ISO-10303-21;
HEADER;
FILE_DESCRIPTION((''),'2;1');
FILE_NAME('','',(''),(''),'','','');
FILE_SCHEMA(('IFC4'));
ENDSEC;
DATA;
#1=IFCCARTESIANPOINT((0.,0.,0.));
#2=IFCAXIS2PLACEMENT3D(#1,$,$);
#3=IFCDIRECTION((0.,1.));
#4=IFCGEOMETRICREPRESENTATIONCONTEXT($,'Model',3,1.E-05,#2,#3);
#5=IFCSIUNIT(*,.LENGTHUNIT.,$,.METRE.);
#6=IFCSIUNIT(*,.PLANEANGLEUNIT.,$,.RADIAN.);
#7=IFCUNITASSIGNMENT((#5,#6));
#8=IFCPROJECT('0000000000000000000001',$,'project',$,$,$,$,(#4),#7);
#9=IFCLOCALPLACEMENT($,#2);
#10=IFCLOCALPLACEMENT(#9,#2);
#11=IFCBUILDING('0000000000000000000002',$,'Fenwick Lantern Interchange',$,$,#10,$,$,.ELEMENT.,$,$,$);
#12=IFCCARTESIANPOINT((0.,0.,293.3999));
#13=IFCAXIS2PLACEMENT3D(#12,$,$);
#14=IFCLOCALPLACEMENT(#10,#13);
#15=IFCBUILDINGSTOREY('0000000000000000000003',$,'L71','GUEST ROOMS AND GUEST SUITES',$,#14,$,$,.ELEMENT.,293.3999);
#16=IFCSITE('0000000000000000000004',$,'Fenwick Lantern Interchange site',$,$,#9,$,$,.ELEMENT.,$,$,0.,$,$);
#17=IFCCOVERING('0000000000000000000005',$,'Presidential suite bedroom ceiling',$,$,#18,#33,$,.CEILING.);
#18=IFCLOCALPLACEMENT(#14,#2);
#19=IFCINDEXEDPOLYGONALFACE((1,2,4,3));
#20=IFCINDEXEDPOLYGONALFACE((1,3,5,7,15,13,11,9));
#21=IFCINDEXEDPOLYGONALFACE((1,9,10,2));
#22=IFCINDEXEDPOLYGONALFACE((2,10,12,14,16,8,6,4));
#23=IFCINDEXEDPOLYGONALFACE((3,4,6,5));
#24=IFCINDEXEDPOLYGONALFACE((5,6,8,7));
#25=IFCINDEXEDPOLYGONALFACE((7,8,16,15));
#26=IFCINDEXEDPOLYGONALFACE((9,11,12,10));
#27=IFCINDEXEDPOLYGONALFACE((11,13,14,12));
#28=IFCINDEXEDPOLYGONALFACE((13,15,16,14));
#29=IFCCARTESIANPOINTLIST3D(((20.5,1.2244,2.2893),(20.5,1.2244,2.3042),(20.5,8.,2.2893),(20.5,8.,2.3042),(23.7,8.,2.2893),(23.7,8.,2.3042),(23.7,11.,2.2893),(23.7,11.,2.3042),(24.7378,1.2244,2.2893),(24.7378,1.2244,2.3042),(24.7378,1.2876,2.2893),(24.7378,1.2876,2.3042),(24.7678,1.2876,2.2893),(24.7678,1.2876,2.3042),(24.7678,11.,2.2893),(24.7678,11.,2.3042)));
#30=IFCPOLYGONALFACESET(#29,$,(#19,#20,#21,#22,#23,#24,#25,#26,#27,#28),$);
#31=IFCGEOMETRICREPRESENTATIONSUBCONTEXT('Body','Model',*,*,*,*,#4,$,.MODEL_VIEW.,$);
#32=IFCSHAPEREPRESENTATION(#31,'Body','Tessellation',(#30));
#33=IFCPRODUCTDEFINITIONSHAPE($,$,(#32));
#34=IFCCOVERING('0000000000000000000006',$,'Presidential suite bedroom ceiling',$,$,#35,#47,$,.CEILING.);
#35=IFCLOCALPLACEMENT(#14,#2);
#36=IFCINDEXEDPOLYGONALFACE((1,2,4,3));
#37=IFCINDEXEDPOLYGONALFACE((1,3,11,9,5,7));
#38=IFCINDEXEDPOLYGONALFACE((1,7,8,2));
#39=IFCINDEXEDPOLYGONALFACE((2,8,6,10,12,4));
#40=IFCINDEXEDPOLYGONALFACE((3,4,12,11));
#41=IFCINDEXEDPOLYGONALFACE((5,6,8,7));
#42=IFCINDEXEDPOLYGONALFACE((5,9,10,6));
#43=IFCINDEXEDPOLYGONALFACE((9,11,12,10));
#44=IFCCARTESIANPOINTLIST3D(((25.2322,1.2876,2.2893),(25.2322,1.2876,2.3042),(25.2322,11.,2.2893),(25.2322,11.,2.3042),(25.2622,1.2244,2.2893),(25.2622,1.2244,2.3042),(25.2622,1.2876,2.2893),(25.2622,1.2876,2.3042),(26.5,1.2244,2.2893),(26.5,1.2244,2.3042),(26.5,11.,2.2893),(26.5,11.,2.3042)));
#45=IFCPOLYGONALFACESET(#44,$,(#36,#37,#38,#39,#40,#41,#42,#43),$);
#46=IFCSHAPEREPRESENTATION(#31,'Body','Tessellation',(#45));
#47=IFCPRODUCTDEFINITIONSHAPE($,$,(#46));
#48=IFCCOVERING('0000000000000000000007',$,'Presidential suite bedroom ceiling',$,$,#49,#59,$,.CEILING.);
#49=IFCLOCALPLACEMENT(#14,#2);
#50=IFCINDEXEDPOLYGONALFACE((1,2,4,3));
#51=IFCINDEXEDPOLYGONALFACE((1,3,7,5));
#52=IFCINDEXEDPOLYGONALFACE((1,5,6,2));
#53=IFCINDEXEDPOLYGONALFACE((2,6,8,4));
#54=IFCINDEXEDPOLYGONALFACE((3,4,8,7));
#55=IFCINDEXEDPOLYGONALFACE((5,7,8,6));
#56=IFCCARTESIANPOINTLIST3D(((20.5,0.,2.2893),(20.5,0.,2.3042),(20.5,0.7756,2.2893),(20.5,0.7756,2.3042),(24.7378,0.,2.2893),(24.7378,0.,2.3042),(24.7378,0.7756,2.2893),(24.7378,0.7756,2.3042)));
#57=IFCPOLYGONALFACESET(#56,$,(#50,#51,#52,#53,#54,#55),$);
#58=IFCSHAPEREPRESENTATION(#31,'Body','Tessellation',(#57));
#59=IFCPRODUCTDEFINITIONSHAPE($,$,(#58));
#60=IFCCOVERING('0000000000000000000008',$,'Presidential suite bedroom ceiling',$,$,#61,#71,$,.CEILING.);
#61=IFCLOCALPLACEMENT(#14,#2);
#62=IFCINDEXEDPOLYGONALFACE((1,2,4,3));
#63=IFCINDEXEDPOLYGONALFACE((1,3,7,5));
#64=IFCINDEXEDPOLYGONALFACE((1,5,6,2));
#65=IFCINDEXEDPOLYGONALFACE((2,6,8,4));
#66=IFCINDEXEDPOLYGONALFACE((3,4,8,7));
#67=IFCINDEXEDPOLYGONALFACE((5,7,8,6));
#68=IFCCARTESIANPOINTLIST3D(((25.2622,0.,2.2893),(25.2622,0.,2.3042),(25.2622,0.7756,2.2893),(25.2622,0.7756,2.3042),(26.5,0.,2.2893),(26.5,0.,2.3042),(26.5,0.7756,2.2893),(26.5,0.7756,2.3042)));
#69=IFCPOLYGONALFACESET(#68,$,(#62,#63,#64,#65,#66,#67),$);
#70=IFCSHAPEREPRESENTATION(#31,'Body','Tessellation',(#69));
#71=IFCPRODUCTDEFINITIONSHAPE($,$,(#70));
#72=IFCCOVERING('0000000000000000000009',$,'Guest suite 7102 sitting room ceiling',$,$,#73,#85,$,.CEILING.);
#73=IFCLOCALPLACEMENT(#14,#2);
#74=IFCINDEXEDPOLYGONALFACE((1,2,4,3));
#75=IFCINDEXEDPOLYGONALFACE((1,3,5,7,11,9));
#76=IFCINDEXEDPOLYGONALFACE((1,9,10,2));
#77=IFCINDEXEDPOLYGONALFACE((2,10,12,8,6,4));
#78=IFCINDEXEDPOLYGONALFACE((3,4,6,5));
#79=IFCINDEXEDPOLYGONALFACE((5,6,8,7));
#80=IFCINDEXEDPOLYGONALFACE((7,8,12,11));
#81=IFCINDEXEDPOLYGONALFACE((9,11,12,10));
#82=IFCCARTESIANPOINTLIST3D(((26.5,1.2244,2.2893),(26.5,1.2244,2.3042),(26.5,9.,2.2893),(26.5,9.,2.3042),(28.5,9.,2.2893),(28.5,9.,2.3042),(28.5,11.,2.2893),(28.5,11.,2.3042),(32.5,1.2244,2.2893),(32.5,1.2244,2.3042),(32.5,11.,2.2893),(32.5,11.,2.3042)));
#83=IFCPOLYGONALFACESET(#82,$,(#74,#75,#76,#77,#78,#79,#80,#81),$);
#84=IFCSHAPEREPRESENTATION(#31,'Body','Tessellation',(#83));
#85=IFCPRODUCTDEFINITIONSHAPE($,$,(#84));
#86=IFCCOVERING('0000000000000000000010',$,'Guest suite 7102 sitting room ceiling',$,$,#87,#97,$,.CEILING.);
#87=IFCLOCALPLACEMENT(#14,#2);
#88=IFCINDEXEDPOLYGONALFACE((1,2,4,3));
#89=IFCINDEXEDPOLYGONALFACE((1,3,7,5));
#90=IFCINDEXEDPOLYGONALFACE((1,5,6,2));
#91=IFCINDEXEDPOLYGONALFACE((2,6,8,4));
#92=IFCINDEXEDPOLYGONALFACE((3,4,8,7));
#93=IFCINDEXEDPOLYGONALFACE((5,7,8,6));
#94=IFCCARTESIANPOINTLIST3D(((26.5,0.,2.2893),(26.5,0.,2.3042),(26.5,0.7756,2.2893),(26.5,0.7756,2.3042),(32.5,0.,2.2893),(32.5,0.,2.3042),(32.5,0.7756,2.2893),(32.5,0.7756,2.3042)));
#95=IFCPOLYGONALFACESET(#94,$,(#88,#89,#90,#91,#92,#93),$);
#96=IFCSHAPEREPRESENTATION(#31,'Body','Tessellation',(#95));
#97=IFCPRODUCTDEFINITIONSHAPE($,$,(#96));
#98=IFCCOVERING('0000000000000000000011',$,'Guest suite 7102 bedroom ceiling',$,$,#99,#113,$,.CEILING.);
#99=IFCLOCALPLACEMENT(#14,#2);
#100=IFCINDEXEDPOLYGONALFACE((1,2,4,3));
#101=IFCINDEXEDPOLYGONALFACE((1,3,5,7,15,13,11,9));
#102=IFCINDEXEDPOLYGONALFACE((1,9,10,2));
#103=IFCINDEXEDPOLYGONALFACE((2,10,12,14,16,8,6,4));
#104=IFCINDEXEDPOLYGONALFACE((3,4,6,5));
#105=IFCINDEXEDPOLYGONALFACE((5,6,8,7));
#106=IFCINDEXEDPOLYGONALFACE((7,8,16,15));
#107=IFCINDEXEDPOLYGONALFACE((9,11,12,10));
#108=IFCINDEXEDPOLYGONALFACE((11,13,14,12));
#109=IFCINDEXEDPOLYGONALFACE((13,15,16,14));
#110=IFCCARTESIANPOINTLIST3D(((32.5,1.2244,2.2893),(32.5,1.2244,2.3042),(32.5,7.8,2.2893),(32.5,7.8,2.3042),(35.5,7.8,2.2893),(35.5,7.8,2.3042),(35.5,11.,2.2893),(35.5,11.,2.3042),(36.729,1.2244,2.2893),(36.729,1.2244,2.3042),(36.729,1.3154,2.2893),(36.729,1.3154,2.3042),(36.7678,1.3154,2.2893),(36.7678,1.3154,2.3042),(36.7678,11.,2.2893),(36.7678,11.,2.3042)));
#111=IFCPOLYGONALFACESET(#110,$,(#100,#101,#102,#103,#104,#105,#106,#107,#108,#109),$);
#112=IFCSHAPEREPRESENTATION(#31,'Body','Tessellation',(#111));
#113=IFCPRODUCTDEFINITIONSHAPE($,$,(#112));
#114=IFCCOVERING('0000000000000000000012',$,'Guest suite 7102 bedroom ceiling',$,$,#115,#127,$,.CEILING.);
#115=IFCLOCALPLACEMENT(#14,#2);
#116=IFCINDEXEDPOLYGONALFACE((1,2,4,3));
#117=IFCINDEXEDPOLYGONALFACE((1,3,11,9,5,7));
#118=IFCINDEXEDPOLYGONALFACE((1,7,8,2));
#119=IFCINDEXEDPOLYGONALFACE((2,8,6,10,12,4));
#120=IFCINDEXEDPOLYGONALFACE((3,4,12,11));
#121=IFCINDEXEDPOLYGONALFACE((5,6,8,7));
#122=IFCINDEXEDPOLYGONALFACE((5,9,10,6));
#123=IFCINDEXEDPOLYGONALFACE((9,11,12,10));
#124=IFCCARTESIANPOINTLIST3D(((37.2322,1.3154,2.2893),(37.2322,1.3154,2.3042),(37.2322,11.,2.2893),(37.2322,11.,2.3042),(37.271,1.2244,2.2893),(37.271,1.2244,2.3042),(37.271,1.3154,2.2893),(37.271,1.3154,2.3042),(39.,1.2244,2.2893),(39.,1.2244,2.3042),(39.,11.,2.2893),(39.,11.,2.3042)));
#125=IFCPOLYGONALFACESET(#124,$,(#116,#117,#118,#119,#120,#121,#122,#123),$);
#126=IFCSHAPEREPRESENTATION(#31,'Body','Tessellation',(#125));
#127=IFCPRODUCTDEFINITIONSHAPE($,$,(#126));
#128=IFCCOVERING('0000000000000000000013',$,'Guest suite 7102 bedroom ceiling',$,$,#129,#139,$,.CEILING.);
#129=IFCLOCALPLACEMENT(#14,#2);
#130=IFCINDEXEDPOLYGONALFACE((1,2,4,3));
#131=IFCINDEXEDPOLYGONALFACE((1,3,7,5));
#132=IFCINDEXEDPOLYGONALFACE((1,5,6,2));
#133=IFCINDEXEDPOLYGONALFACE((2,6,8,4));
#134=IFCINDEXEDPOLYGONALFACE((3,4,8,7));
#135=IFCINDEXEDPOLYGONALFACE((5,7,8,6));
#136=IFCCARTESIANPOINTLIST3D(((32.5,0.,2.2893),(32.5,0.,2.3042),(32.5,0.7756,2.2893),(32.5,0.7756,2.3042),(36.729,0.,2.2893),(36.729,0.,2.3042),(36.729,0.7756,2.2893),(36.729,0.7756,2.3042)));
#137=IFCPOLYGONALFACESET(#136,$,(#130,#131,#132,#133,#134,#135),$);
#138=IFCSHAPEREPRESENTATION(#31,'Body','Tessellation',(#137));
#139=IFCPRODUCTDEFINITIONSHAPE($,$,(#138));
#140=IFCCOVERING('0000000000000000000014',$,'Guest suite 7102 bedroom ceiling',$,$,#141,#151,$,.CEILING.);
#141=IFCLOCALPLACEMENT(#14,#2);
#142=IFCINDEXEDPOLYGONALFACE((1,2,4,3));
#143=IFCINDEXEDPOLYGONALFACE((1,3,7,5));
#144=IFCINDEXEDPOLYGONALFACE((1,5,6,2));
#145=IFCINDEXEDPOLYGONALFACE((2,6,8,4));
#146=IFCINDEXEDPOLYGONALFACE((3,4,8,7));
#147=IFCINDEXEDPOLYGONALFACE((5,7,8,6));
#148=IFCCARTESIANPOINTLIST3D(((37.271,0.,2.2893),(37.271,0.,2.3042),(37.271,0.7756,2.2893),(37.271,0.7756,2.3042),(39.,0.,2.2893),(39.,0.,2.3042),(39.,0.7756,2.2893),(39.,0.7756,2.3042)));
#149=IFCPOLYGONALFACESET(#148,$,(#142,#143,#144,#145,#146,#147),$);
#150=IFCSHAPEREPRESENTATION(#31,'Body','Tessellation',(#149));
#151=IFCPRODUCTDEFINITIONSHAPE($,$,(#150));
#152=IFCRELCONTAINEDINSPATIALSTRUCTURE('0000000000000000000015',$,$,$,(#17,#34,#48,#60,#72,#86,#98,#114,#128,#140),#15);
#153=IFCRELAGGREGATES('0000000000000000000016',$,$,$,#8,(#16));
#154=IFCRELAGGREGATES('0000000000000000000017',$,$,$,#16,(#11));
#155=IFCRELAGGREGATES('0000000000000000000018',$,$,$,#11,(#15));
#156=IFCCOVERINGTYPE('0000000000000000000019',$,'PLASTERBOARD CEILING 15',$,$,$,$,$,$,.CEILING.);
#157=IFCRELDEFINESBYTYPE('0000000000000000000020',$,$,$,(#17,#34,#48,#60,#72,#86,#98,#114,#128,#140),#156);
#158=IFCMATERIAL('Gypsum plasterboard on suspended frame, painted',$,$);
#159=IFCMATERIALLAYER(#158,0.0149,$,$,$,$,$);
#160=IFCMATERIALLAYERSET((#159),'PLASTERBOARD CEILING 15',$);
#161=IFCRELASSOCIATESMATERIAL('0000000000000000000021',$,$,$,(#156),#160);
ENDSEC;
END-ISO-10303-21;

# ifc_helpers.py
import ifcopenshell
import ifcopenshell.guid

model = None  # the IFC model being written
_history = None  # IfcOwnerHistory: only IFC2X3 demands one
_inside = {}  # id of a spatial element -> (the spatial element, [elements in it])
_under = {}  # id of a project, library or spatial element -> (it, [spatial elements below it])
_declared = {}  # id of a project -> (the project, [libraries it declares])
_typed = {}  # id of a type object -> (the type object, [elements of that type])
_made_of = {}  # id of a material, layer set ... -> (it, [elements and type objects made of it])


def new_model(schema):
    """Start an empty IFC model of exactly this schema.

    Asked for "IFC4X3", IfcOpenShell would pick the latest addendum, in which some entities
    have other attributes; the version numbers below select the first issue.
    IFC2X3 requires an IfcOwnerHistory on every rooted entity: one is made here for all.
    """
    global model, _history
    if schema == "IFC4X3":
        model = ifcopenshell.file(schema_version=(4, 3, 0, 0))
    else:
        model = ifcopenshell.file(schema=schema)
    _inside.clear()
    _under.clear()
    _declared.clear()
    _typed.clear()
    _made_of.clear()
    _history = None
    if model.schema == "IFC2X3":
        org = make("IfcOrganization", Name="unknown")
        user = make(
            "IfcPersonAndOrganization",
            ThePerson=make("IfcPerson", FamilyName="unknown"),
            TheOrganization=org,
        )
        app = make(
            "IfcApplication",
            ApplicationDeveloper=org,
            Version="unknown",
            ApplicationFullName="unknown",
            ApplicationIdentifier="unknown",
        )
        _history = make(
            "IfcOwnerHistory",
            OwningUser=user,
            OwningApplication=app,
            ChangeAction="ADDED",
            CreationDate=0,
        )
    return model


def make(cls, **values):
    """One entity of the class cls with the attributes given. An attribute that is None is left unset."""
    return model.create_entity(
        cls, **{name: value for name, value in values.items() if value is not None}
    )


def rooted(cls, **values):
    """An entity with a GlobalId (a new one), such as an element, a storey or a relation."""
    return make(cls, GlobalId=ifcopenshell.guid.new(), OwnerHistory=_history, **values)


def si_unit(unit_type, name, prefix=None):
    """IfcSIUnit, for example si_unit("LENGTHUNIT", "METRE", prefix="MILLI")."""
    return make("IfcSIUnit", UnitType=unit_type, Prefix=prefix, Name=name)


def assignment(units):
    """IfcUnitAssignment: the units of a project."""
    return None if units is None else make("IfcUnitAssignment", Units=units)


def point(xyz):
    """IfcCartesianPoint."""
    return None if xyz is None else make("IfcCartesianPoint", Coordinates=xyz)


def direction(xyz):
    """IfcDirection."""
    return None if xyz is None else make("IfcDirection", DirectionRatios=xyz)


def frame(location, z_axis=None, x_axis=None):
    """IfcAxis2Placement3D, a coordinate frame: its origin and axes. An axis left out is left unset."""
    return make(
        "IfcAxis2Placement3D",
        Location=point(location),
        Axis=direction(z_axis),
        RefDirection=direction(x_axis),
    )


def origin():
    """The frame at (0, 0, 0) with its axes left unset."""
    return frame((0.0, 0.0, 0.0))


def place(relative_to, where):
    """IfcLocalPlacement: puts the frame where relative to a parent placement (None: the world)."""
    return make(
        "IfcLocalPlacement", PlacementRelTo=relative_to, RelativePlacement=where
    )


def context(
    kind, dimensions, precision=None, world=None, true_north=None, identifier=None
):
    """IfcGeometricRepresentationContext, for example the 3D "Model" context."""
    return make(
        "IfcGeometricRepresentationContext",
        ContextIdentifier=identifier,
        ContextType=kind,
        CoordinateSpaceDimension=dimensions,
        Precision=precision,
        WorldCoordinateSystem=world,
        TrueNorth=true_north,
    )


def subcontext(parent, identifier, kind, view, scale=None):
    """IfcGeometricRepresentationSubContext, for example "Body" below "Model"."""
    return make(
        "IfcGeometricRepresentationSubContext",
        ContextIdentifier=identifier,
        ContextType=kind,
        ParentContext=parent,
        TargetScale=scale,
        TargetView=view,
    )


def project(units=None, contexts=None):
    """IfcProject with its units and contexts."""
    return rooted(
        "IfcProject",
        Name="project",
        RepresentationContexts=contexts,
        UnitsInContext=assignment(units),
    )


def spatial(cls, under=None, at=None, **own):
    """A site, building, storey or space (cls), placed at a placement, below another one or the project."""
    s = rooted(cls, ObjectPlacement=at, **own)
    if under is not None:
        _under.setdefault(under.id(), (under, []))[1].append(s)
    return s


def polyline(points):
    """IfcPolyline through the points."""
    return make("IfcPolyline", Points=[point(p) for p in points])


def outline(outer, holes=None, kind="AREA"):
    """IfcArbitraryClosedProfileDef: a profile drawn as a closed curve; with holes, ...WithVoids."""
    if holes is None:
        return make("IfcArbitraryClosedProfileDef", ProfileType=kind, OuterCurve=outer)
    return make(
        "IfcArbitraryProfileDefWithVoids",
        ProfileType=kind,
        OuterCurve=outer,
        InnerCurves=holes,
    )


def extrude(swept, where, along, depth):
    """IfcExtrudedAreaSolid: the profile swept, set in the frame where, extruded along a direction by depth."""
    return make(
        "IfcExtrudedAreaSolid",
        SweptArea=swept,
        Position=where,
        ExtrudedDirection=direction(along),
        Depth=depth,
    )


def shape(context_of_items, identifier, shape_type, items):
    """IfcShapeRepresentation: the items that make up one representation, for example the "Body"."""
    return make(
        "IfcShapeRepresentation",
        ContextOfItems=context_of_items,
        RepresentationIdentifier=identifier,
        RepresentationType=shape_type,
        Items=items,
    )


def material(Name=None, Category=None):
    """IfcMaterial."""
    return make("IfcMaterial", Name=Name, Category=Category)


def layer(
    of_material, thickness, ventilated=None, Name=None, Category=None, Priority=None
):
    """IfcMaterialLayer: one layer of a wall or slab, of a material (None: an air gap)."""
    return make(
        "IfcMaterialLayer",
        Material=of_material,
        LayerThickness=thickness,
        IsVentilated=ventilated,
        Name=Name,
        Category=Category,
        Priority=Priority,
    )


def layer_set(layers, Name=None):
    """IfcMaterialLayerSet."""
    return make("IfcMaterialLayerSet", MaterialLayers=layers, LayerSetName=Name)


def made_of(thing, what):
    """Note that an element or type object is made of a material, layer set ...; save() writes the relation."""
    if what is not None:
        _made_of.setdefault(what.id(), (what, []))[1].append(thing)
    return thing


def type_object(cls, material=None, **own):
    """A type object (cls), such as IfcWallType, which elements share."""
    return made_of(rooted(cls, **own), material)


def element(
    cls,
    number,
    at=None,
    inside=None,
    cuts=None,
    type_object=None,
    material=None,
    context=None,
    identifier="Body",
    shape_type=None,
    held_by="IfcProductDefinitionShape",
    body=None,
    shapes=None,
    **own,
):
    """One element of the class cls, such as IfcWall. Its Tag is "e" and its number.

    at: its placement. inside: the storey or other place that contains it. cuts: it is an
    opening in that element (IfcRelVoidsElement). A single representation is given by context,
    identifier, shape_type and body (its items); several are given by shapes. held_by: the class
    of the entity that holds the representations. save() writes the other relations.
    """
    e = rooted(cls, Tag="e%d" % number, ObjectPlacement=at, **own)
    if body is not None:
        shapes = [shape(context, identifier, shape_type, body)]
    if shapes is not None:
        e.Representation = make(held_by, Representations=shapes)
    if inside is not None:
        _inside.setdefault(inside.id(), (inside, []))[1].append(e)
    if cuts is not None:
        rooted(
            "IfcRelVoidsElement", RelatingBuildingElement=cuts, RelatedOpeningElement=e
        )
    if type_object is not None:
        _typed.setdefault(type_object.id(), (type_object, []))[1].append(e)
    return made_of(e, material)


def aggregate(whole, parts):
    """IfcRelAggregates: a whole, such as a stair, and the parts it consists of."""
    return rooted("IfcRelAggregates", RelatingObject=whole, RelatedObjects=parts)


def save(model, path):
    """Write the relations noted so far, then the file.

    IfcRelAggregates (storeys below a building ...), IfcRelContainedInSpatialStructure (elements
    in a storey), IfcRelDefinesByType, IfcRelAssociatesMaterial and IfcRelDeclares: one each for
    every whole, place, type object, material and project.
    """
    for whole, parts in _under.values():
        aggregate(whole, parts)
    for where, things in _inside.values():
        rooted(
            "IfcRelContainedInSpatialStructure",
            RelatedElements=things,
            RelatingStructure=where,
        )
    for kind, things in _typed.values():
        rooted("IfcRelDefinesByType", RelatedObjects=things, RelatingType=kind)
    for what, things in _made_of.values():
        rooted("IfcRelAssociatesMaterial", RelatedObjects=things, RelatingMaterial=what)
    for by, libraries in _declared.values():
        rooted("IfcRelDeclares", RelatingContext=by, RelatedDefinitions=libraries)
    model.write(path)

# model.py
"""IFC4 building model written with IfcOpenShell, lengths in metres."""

from ifc_helpers import new_model, si_unit, direction, frame, origin, place, context, subcontext, project, spatial, polyline, outline, extrude, material, layer, layer_set, type_object, element, save


model = new_model("IFC4")

# Units and contexts
model_context = context("Model", 3, precision=1e-05, world=origin(), true_north=direction((0.0, 1.0)))
body_context = subcontext(model_context, "Body", "Model", "MODEL_VIEW")
ifc_project = project(units=[si_unit("LENGTHUNIT", "METRE"), si_unit("PLANEANGLEUNIT", "RADIAN")], contexts=[model_context])

# Site, building, storey
site_placement = place(None, origin())
site = spatial("IfcSite", under=ifc_project, at=site_placement, Name="Fenwick Lantern Interchange site", CompositionType="ELEMENT", RefElevation=0.0)
building_placement = place(site_placement, origin())
building = spatial("IfcBuilding", under=site, at=building_placement, Name="Fenwick Lantern Interchange", CompositionType="ELEMENT")
storey_placement = place(building_placement, frame((0.0, 0.0, 293.3999)))
storey = spatial("IfcBuildingStorey", under=building, at=storey_placement, Name="L71", Description="GUEST ROOMS AND GUEST SUITES", CompositionType="ELEMENT", Elevation=293.3999)

# Coverings
ifc_material_1 = material(Name="Gypsum plasterboard on suspended frame, painted")
ifc_layer_1 = layer(ifc_material_1, 0.0149)
ifc_layer_set_1 = layer_set([ifc_layer_1], Name="PLASTERBOARD CEILING 15")
covering_type_1 = type_object("IfcCoveringType", Name="PLASTERBOARD CEILING 15", PredefinedType="CEILING", material=ifc_layer_set_1)
covering_1_placement = place(storey_placement, frame((0.0, 0.0, 2.2893)))
element("IfcCovering", 1, at=covering_1_placement, inside=storey, type_object=covering_type_1, Name="Presidential suite bedroom ceiling", PredefinedType="CEILING", context=body_context, shape_type="SweptSolid", body=[
    extrude(outline(polyline([(24.7378, 1.2876), (24.7678, 1.2876), (24.7678, 11.0), (23.7, 11.0), (23.7, 8.0), (20.5, 8.0), (20.5, 1.2244), (24.7378, 1.2244), (24.7378, 1.2876)])), origin(), (0.0, 0.0, 1.0), 0.0149),
])
covering_2_placement = place(storey_placement, frame((0.0, 0.0, 2.2893)))
element("IfcCovering", 2, at=covering_2_placement, inside=storey, type_object=covering_type_1, Name="Presidential suite bedroom ceiling", PredefinedType="CEILING", context=body_context, shape_type="SweptSolid", body=[
    extrude(outline(polyline([(25.2622, 1.2876), (25.2622, 1.2244), (26.5, 1.2244), (26.5, 11.0), (25.2322, 11.0), (25.2322, 1.2876), (25.2622, 1.2876)])), origin(), (0.0, 0.0, 1.0), 0.0149),
])
covering_3_placement = place(storey_placement, frame((0.0, 0.0, 2.2893)))
element("IfcCovering", 3, at=covering_3_placement, inside=storey, type_object=covering_type_1, Name="Presidential suite bedroom ceiling", PredefinedType="CEILING", context=body_context, shape_type="SweptSolid", body=[
    extrude(outline(polyline([(24.7378, 0.0), (24.7378, 0.7756), (20.5, 0.7756), (20.5, 0.0), (24.7378, 0.0)])), origin(), (0.0, 0.0, 1.0), 0.0149),
])
covering_4_placement = place(storey_placement, frame((0.0, 0.0, 2.2893)))
element("IfcCovering", 4, at=covering_4_placement, inside=storey, type_object=covering_type_1, Name="Presidential suite bedroom ceiling", PredefinedType="CEILING", context=body_context, shape_type="SweptSolid", body=[
    extrude(outline(polyline([(25.2622, 0.0), (26.5, 0.0), (26.5, 0.7756), (25.2622, 0.7756), (25.2622, 0.0)])), origin(), (0.0, 0.0, 1.0), 0.0149),
])
covering_5_placement = place(storey_placement, frame((0.0, 0.0, 2.2893)))
element("IfcCovering", 5, at=covering_5_placement, inside=storey, type_object=covering_type_1, Name="Guest suite 7102 sitting room ceiling", PredefinedType="CEILING", context=body_context, shape_type="SweptSolid", body=[
    extrude(outline(polyline([(32.5, 1.2244), (32.5, 11.0), (28.5, 11.0), (28.5, 9.0), (26.5, 9.0), (26.5, 1.2244), (32.5, 1.2244)])), origin(), (0.0, 0.0, 1.0), 0.0149),
])
covering_6_placement = place(storey_placement, frame((0.0, 0.0, 2.2893)))
element("IfcCovering", 6, at=covering_6_placement, inside=storey, type_object=covering_type_1, Name="Guest suite 7102 sitting room ceiling", PredefinedType="CEILING", context=body_context, shape_type="SweptSolid", body=[
    extrude(outline(polyline([(32.5, 0.0), (32.5, 0.7756), (26.5, 0.7756), (26.5, 0.0), (32.5, 0.0)])), origin(), (0.0, 0.0, 1.0), 0.0149),
])
covering_7_placement = place(storey_placement, frame((0.0, 0.0, 2.2893)))
element("IfcCovering", 7, at=covering_7_placement, inside=storey, type_object=covering_type_1, Name="Guest suite 7102 bedroom ceiling", PredefinedType="CEILING", context=body_context, shape_type="SweptSolid", body=[
    extrude(outline(polyline([(36.729, 1.3154), (36.7678, 1.3154), (36.7678, 11.0), (35.5, 11.0), (35.5, 7.8), (32.5, 7.8), (32.5, 1.2244), (36.729, 1.2244), (36.729, 1.3154)])), origin(), (0.0, 0.0, 1.0), 0.0149),
])
covering_8_placement = place(storey_placement, frame((0.0, 0.0, 2.2893)))
element("IfcCovering", 8, at=covering_8_placement, inside=storey, type_object=covering_type_1, Name="Guest suite 7102 bedroom ceiling", PredefinedType="CEILING", context=body_context, shape_type="SweptSolid", body=[
    extrude(outline(polyline([(37.271, 1.3154), (37.271, 1.2244), (39.0, 1.2244), (39.0, 11.0), (37.2322, 11.0), (37.2322, 1.3154), (37.271, 1.3154)])), origin(), (0.0, 0.0, 1.0), 0.0149),
])
covering_9_placement = place(storey_placement, frame((0.0, 0.0, 2.2893)))
element("IfcCovering", 9, at=covering_9_placement, inside=storey, type_object=covering_type_1, Name="Guest suite 7102 bedroom ceiling", PredefinedType="CEILING", context=body_context, shape_type="SweptSolid", body=[
    extrude(outline(polyline([(36.729, 0.0), (36.729, 0.7756), (32.5, 0.7756), (32.5, 0.0), (36.729, 0.0)])), origin(), (0.0, 0.0, 1.0), 0.0149),
])
covering_10_placement = place(storey_placement, frame((0.0, 0.0, 2.2893)))
element("IfcCovering", 10, at=covering_10_placement, inside=storey, type_object=covering_type_1, Name="Guest suite 7102 bedroom ceiling", PredefinedType="CEILING", context=body_context, shape_type="SweptSolid", body=[
    extrude(outline(polyline([(37.271, 0.0), (39.0, 0.0), (39.0, 0.7756), (37.271, 0.7756), (37.271, 0.0)])), origin(), (0.0, 0.0, 1.0), 0.0149),
])

save(model, "model.ifc")
